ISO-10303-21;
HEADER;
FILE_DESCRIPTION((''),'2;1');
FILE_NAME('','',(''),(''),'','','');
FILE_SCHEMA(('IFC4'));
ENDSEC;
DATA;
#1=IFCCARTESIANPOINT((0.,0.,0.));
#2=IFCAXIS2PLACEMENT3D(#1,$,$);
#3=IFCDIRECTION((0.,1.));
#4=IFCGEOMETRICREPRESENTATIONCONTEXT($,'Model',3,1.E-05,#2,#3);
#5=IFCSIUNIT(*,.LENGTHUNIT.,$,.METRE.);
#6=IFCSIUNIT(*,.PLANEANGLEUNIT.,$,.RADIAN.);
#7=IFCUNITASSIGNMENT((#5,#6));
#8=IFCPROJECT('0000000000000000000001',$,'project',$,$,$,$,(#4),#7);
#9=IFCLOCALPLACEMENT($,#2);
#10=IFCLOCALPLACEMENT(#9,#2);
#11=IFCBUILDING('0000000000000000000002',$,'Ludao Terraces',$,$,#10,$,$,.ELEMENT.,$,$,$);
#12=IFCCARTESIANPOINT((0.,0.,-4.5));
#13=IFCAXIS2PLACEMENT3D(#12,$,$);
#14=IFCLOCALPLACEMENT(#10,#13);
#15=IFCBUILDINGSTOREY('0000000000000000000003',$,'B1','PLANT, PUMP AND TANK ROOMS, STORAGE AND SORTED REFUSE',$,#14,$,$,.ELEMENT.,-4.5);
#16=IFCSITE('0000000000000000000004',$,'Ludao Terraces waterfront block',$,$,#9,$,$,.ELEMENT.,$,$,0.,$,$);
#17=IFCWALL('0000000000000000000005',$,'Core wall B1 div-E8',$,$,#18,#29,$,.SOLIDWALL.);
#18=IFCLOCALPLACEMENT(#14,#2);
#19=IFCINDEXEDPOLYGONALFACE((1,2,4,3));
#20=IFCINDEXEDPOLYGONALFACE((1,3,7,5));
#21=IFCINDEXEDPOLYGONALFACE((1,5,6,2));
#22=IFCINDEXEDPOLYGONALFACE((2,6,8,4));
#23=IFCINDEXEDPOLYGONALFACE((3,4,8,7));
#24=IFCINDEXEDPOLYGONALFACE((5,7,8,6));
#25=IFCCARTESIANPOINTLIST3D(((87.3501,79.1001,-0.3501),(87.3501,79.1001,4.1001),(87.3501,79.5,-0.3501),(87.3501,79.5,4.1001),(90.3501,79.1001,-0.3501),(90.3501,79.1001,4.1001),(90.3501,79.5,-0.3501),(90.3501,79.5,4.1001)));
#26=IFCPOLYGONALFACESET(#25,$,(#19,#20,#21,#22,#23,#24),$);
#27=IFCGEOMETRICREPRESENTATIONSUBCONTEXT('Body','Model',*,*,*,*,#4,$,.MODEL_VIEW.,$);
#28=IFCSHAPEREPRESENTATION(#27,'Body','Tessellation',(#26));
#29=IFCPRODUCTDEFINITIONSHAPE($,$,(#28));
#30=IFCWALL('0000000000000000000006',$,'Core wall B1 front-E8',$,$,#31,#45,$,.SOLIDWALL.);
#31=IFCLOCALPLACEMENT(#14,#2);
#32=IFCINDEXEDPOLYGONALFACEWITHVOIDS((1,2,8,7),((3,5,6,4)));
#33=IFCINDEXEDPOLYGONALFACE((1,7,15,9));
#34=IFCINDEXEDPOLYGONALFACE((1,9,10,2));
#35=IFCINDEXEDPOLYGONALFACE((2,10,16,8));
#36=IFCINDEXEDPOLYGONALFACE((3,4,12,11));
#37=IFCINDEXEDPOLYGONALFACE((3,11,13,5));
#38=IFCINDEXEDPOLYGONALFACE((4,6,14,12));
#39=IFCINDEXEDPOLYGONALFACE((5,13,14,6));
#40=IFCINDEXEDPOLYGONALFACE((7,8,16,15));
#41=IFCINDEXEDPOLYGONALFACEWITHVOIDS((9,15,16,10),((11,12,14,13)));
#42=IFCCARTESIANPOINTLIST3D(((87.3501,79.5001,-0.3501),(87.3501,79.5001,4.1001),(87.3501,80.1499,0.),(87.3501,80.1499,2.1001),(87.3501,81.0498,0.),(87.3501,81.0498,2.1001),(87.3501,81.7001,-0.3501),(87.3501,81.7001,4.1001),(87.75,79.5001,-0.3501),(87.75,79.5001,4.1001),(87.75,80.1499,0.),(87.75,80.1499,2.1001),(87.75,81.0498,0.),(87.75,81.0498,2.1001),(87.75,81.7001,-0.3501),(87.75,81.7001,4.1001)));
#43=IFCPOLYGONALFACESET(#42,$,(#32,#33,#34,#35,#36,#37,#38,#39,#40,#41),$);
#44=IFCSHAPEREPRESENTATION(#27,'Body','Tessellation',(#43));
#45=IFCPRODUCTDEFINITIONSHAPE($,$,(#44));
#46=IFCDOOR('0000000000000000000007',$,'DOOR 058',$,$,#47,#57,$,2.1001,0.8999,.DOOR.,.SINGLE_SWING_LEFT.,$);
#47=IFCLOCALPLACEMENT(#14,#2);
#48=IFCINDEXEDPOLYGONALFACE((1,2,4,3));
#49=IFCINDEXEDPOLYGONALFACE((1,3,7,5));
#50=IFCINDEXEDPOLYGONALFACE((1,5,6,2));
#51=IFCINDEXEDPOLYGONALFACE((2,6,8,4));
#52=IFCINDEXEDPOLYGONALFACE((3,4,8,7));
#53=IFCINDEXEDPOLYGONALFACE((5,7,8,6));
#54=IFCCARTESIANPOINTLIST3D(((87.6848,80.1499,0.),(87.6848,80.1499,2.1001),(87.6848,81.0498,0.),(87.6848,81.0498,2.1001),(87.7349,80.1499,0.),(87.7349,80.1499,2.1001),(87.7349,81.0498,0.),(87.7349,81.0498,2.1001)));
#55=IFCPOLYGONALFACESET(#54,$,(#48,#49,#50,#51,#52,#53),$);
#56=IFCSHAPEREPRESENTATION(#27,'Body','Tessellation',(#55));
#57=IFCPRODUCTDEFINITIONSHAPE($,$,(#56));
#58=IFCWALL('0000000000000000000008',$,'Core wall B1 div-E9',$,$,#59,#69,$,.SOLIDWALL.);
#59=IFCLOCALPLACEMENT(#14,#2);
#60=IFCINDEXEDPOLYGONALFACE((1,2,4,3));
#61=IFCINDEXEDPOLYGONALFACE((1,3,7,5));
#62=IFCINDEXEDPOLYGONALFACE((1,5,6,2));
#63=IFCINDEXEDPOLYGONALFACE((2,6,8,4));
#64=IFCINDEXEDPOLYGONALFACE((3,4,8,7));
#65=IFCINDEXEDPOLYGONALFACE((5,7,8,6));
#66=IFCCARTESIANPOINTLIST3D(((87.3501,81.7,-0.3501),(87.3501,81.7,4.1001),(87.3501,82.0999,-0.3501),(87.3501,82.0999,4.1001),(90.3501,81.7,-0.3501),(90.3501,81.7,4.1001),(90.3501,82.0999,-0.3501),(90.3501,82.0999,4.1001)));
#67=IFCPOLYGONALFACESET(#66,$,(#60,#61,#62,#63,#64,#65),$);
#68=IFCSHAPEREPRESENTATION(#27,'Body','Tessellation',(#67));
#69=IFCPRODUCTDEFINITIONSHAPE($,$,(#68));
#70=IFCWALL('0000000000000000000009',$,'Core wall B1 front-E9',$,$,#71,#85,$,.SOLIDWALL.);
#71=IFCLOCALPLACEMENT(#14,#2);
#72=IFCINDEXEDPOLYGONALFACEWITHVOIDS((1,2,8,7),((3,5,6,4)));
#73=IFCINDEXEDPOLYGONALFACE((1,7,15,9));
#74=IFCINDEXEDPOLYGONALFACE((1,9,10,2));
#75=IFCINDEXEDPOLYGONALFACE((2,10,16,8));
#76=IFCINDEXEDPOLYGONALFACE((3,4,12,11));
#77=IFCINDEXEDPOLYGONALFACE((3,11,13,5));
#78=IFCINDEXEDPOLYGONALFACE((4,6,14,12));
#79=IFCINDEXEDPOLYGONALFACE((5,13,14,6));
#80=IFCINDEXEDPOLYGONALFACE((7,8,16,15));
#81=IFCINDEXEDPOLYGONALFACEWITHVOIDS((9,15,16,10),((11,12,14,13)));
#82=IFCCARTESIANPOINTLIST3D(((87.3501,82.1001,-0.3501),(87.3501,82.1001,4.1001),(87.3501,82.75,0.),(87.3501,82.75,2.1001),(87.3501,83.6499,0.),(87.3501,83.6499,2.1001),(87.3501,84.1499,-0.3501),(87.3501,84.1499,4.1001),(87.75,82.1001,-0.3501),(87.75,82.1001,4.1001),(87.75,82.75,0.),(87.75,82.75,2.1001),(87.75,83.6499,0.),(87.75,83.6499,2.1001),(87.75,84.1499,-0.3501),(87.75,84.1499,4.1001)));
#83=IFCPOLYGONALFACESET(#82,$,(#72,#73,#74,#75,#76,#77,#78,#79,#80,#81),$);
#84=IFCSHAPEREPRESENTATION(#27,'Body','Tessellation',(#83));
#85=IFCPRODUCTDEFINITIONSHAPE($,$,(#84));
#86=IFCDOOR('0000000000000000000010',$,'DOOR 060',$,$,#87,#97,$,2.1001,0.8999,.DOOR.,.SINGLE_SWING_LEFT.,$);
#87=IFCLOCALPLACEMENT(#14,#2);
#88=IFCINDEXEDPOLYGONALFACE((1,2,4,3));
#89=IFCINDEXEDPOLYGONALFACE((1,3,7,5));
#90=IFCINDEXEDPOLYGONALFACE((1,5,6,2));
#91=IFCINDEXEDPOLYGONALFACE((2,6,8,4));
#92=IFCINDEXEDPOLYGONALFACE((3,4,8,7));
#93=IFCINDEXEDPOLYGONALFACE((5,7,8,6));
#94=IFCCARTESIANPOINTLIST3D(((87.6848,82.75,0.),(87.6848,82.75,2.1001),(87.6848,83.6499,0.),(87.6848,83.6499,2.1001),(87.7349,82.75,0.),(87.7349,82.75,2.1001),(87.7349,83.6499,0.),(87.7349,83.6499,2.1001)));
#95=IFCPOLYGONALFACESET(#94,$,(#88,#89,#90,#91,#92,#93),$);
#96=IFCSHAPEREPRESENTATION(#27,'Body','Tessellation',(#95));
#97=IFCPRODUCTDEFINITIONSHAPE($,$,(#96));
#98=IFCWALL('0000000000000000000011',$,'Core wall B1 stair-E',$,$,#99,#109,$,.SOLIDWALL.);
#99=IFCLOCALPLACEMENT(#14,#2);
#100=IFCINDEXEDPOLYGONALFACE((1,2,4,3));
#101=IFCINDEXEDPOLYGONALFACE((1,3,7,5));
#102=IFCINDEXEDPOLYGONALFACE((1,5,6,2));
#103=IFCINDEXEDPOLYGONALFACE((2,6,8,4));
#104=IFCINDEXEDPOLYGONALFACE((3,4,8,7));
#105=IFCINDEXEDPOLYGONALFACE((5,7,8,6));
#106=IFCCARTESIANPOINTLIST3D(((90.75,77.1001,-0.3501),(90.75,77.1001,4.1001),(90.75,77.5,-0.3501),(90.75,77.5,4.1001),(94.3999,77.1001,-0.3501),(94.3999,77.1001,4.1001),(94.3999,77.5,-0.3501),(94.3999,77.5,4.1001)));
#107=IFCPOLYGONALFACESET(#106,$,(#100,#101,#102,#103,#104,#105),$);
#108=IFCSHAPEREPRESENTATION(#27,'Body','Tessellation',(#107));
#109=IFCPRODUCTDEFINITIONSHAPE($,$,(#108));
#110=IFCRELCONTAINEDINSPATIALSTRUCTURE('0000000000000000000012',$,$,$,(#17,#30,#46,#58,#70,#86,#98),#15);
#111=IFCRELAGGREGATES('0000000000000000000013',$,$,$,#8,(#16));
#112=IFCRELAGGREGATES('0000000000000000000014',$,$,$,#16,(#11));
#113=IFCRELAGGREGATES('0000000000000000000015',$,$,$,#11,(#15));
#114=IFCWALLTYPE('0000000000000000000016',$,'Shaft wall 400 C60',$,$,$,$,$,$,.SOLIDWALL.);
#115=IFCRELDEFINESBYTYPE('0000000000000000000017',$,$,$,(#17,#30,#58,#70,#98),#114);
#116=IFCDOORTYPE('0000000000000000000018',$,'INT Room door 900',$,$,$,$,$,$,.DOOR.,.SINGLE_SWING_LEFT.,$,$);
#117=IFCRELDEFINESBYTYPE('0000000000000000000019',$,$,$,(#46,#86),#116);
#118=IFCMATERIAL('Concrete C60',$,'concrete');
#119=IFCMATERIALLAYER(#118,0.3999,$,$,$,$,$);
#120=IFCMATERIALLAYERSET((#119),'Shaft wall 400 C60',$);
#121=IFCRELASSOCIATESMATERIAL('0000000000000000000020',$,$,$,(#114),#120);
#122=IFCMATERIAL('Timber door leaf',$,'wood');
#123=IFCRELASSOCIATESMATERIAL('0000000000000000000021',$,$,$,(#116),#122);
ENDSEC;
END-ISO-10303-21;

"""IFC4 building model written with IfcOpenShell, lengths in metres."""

from ifc_helpers import new_model, si_unit, direction, frame, frame_2d, origin, place, context, subcontext, project, spatial, rectangle, extrude, material, layer, layer_set, type_object, element, fill, save


model = new_model("IFC4")

# Units and contexts
model_context = context("Model", 3, precision=1e-05, world=origin(), true_north=direction((0.0, 1.0)))
body_context = subcontext(model_context, "Body", "Model", "MODEL_VIEW")
ifc_project = project(units=[si_unit("LENGTHUNIT", "METRE"), si_unit("PLANEANGLEUNIT", "RADIAN")], contexts=[model_context])

# Site, building, storey
site_placement = place(None, origin())
site = spatial("IfcSite", under=ifc_project, at=site_placement, Name="Ludao Terraces waterfront block", CompositionType="ELEMENT", RefElevation=0.0)
building_placement = place(site_placement, origin())
building = spatial("IfcBuilding", under=site, at=building_placement, Name="Ludao Terraces", CompositionType="ELEMENT")
storey_placement = place(building_placement, frame((0.0, 0.0, -4.5)))
storey = spatial("IfcBuildingStorey", under=building, at=storey_placement, Name="B1", Description="PLANT, PUMP AND TANK ROOMS, STORAGE AND SORTED REFUSE", CompositionType="ELEMENT", Elevation=-4.5)

# Shared definitions
ifc_material_1 = material(Name="Concrete C60", Category="concrete")

# Shared definitions
ifc_layer_1 = layer(ifc_material_1, 0.3999)
ifc_layer_set_1 = layer_set([ifc_layer_1], Name="Shaft wall 400 C60")
wall_type_1 = type_object("IfcWallType", Name="Shaft wall 400 C60", PredefinedType="SOLIDWALL", material=ifc_layer_set_1)

# Shared definitions
ifc_material_2 = material(Name="Timber door leaf", Category="wood")
door_type_1 = type_object("IfcDoorType", Name="INT Room door 900", OperationType="SINGLE_SWING_LEFT", PredefinedType="DOOR", material=ifc_material_2)

# Wall
wall_1_placement = place(storey_placement, frame((87.3501, 79.3, -0.3501), z_axis=(0.0, 0.0, 1.0), x_axis=(1.0, 0.0, 0.0)))
element("IfcWall", 1, at=wall_1_placement, inside=storey, type_object=wall_type_1, Name="Core wall B1 div-E8", PredefinedType="SOLIDWALL", context=body_context, shape_type="SweptSolid", body=[
    extrude(rectangle(XDim=3.0, YDim=0.3999, at=frame_2d((1.5, 0.0))), origin(), (0.0, 0.0, 1.0), 4.4502),
])

# Wall, opening, door
wall_2_placement = place(storey_placement, frame((87.55, 79.5, -0.3501), z_axis=(0.0, 0.0, 1.0), x_axis=(0.0, 1.0, 0.0)))
wall_2 = element("IfcWall", 2, at=wall_2_placement, inside=storey, type_object=wall_type_1, Name="Core wall B1 front-E8", PredefinedType="SOLIDWALL", context=body_context, shape_type="SweptSolid", body=[
    extrude(rectangle(XDim=2.2, YDim=0.3999, at=frame_2d((1.1001, 0.0))), origin(), (0.0, 0.0, 1.0), 4.4502),
])
opening_1_placement = place(wall_2_placement, frame((0.6499, 0.0, 0.3501)))
opening_1 = element("IfcOpeningElement", 3, at=opening_1_placement, cuts=wall_2, PredefinedType="OPENING", context=body_context, shape_type="SweptSolid", body=[
    extrude(rectangle(XDim=0.8999, YDim=2.1001, at=frame_2d((0.45, 1.05))), frame((0.0, 0.21, 0.0), z_axis=(0.0, -1.0, 0.0), x_axis=(1.0, 0.0, 0.0)), (0.0, 0.0, 1.0), 0.4199),
])
door_1_placement = place(opening_1_placement, origin())
door_1 = element("IfcDoor", 4, at=door_1_placement, inside=storey, type_object=door_type_1, Name="DOOR 058", OperationType="SINGLE_SWING_LEFT", OverallHeight=2.1001, OverallWidth=0.8999, PredefinedType="DOOR", context=body_context, shape_type="SweptSolid", body=[
    extrude(rectangle(XDim=0.8999, YDim=2.1001, at=frame_2d((0.45, 1.05))), frame((0.0, -0.1348, 0.0), z_axis=(0.0, -1.0, 0.0), x_axis=(1.0, 0.0, 0.0)), (0.0, 0.0, 1.0), 0.05),
])
fill(opening_1, door_1)

# Wall
wall_3_placement = place(storey_placement, frame((87.3501, 81.8999, -0.3501), z_axis=(0.0, 0.0, 1.0), x_axis=(1.0, 0.0, 0.0)))
element("IfcWall", 5, at=wall_3_placement, inside=storey, type_object=wall_type_1, Name="Core wall B1 div-E9", PredefinedType="SOLIDWALL", context=body_context, shape_type="SweptSolid", body=[
    extrude(rectangle(XDim=3.0, YDim=0.3999, at=frame_2d((1.5, 0.0))), origin(), (0.0, 0.0, 1.0), 4.4502),
])

# Wall, opening, door
wall_4_placement = place(storey_placement, frame((87.55, 82.1001, -0.3501), z_axis=(0.0, 0.0, 1.0), x_axis=(0.0, 1.0, 0.0)))
wall_4 = element("IfcWall", 6, at=wall_4_placement, inside=storey, type_object=wall_type_1, Name="Core wall B1 front-E9", PredefinedType="SOLIDWALL", context=body_context, shape_type="SweptSolid", body=[
    extrude(rectangle(XDim=2.0498, YDim=0.3999, at=frame_2d((1.0249, 0.0))), origin(), (0.0, 0.0, 1.0), 4.4502),
])
opening_2_placement = place(wall_4_placement, frame((0.6499, 0.0, 0.3501)))
opening_2 = element("IfcOpeningElement", 7, at=opening_2_placement, cuts=wall_4, PredefinedType="OPENING", context=body_context, shape_type="SweptSolid", body=[
    extrude(rectangle(XDim=0.8999, YDim=2.1001, at=frame_2d((0.45, 1.05))), frame((0.0, 0.21, 0.0), z_axis=(0.0, -1.0, 0.0), x_axis=(1.0, 0.0, 0.0)), (0.0, 0.0, 1.0), 0.4199),
])
door_2_placement = place(opening_2_placement, origin())
door_2 = element("IfcDoor", 8, at=door_2_placement, inside=storey, type_object=door_type_1, Name="DOOR 060", OperationType="SINGLE_SWING_LEFT", OverallHeight=2.1001, OverallWidth=0.8999, PredefinedType="DOOR", context=body_context, shape_type="SweptSolid", body=[
    extrude(rectangle(XDim=0.8999, YDim=2.1001, at=frame_2d((0.45, 1.05))), frame((0.0, -0.1348, 0.0), z_axis=(0.0, -1.0, 0.0), x_axis=(1.0, 0.0, 0.0)), (0.0, 0.0, 1.0), 0.05),
])
fill(opening_2, door_2)

# Wall
wall_5_placement = place(storey_placement, frame((90.75, 77.3, -0.3501), z_axis=(0.0, 0.0, 1.0), x_axis=(1.0, 0.0, 0.0)))
element("IfcWall", 9, at=wall_5_placement, inside=storey, type_object=wall_type_1, Name="Core wall B1 stair-E", PredefinedType="SOLIDWALL", context=body_context, shape_type="SweptSolid", body=[
    extrude(rectangle(XDim=3.6499, YDim=0.3999, at=frame_2d((1.825, 0.0))), origin(), (0.0, 0.0, 1.0), 4.4502),
])

save(model, "model.ifc")
